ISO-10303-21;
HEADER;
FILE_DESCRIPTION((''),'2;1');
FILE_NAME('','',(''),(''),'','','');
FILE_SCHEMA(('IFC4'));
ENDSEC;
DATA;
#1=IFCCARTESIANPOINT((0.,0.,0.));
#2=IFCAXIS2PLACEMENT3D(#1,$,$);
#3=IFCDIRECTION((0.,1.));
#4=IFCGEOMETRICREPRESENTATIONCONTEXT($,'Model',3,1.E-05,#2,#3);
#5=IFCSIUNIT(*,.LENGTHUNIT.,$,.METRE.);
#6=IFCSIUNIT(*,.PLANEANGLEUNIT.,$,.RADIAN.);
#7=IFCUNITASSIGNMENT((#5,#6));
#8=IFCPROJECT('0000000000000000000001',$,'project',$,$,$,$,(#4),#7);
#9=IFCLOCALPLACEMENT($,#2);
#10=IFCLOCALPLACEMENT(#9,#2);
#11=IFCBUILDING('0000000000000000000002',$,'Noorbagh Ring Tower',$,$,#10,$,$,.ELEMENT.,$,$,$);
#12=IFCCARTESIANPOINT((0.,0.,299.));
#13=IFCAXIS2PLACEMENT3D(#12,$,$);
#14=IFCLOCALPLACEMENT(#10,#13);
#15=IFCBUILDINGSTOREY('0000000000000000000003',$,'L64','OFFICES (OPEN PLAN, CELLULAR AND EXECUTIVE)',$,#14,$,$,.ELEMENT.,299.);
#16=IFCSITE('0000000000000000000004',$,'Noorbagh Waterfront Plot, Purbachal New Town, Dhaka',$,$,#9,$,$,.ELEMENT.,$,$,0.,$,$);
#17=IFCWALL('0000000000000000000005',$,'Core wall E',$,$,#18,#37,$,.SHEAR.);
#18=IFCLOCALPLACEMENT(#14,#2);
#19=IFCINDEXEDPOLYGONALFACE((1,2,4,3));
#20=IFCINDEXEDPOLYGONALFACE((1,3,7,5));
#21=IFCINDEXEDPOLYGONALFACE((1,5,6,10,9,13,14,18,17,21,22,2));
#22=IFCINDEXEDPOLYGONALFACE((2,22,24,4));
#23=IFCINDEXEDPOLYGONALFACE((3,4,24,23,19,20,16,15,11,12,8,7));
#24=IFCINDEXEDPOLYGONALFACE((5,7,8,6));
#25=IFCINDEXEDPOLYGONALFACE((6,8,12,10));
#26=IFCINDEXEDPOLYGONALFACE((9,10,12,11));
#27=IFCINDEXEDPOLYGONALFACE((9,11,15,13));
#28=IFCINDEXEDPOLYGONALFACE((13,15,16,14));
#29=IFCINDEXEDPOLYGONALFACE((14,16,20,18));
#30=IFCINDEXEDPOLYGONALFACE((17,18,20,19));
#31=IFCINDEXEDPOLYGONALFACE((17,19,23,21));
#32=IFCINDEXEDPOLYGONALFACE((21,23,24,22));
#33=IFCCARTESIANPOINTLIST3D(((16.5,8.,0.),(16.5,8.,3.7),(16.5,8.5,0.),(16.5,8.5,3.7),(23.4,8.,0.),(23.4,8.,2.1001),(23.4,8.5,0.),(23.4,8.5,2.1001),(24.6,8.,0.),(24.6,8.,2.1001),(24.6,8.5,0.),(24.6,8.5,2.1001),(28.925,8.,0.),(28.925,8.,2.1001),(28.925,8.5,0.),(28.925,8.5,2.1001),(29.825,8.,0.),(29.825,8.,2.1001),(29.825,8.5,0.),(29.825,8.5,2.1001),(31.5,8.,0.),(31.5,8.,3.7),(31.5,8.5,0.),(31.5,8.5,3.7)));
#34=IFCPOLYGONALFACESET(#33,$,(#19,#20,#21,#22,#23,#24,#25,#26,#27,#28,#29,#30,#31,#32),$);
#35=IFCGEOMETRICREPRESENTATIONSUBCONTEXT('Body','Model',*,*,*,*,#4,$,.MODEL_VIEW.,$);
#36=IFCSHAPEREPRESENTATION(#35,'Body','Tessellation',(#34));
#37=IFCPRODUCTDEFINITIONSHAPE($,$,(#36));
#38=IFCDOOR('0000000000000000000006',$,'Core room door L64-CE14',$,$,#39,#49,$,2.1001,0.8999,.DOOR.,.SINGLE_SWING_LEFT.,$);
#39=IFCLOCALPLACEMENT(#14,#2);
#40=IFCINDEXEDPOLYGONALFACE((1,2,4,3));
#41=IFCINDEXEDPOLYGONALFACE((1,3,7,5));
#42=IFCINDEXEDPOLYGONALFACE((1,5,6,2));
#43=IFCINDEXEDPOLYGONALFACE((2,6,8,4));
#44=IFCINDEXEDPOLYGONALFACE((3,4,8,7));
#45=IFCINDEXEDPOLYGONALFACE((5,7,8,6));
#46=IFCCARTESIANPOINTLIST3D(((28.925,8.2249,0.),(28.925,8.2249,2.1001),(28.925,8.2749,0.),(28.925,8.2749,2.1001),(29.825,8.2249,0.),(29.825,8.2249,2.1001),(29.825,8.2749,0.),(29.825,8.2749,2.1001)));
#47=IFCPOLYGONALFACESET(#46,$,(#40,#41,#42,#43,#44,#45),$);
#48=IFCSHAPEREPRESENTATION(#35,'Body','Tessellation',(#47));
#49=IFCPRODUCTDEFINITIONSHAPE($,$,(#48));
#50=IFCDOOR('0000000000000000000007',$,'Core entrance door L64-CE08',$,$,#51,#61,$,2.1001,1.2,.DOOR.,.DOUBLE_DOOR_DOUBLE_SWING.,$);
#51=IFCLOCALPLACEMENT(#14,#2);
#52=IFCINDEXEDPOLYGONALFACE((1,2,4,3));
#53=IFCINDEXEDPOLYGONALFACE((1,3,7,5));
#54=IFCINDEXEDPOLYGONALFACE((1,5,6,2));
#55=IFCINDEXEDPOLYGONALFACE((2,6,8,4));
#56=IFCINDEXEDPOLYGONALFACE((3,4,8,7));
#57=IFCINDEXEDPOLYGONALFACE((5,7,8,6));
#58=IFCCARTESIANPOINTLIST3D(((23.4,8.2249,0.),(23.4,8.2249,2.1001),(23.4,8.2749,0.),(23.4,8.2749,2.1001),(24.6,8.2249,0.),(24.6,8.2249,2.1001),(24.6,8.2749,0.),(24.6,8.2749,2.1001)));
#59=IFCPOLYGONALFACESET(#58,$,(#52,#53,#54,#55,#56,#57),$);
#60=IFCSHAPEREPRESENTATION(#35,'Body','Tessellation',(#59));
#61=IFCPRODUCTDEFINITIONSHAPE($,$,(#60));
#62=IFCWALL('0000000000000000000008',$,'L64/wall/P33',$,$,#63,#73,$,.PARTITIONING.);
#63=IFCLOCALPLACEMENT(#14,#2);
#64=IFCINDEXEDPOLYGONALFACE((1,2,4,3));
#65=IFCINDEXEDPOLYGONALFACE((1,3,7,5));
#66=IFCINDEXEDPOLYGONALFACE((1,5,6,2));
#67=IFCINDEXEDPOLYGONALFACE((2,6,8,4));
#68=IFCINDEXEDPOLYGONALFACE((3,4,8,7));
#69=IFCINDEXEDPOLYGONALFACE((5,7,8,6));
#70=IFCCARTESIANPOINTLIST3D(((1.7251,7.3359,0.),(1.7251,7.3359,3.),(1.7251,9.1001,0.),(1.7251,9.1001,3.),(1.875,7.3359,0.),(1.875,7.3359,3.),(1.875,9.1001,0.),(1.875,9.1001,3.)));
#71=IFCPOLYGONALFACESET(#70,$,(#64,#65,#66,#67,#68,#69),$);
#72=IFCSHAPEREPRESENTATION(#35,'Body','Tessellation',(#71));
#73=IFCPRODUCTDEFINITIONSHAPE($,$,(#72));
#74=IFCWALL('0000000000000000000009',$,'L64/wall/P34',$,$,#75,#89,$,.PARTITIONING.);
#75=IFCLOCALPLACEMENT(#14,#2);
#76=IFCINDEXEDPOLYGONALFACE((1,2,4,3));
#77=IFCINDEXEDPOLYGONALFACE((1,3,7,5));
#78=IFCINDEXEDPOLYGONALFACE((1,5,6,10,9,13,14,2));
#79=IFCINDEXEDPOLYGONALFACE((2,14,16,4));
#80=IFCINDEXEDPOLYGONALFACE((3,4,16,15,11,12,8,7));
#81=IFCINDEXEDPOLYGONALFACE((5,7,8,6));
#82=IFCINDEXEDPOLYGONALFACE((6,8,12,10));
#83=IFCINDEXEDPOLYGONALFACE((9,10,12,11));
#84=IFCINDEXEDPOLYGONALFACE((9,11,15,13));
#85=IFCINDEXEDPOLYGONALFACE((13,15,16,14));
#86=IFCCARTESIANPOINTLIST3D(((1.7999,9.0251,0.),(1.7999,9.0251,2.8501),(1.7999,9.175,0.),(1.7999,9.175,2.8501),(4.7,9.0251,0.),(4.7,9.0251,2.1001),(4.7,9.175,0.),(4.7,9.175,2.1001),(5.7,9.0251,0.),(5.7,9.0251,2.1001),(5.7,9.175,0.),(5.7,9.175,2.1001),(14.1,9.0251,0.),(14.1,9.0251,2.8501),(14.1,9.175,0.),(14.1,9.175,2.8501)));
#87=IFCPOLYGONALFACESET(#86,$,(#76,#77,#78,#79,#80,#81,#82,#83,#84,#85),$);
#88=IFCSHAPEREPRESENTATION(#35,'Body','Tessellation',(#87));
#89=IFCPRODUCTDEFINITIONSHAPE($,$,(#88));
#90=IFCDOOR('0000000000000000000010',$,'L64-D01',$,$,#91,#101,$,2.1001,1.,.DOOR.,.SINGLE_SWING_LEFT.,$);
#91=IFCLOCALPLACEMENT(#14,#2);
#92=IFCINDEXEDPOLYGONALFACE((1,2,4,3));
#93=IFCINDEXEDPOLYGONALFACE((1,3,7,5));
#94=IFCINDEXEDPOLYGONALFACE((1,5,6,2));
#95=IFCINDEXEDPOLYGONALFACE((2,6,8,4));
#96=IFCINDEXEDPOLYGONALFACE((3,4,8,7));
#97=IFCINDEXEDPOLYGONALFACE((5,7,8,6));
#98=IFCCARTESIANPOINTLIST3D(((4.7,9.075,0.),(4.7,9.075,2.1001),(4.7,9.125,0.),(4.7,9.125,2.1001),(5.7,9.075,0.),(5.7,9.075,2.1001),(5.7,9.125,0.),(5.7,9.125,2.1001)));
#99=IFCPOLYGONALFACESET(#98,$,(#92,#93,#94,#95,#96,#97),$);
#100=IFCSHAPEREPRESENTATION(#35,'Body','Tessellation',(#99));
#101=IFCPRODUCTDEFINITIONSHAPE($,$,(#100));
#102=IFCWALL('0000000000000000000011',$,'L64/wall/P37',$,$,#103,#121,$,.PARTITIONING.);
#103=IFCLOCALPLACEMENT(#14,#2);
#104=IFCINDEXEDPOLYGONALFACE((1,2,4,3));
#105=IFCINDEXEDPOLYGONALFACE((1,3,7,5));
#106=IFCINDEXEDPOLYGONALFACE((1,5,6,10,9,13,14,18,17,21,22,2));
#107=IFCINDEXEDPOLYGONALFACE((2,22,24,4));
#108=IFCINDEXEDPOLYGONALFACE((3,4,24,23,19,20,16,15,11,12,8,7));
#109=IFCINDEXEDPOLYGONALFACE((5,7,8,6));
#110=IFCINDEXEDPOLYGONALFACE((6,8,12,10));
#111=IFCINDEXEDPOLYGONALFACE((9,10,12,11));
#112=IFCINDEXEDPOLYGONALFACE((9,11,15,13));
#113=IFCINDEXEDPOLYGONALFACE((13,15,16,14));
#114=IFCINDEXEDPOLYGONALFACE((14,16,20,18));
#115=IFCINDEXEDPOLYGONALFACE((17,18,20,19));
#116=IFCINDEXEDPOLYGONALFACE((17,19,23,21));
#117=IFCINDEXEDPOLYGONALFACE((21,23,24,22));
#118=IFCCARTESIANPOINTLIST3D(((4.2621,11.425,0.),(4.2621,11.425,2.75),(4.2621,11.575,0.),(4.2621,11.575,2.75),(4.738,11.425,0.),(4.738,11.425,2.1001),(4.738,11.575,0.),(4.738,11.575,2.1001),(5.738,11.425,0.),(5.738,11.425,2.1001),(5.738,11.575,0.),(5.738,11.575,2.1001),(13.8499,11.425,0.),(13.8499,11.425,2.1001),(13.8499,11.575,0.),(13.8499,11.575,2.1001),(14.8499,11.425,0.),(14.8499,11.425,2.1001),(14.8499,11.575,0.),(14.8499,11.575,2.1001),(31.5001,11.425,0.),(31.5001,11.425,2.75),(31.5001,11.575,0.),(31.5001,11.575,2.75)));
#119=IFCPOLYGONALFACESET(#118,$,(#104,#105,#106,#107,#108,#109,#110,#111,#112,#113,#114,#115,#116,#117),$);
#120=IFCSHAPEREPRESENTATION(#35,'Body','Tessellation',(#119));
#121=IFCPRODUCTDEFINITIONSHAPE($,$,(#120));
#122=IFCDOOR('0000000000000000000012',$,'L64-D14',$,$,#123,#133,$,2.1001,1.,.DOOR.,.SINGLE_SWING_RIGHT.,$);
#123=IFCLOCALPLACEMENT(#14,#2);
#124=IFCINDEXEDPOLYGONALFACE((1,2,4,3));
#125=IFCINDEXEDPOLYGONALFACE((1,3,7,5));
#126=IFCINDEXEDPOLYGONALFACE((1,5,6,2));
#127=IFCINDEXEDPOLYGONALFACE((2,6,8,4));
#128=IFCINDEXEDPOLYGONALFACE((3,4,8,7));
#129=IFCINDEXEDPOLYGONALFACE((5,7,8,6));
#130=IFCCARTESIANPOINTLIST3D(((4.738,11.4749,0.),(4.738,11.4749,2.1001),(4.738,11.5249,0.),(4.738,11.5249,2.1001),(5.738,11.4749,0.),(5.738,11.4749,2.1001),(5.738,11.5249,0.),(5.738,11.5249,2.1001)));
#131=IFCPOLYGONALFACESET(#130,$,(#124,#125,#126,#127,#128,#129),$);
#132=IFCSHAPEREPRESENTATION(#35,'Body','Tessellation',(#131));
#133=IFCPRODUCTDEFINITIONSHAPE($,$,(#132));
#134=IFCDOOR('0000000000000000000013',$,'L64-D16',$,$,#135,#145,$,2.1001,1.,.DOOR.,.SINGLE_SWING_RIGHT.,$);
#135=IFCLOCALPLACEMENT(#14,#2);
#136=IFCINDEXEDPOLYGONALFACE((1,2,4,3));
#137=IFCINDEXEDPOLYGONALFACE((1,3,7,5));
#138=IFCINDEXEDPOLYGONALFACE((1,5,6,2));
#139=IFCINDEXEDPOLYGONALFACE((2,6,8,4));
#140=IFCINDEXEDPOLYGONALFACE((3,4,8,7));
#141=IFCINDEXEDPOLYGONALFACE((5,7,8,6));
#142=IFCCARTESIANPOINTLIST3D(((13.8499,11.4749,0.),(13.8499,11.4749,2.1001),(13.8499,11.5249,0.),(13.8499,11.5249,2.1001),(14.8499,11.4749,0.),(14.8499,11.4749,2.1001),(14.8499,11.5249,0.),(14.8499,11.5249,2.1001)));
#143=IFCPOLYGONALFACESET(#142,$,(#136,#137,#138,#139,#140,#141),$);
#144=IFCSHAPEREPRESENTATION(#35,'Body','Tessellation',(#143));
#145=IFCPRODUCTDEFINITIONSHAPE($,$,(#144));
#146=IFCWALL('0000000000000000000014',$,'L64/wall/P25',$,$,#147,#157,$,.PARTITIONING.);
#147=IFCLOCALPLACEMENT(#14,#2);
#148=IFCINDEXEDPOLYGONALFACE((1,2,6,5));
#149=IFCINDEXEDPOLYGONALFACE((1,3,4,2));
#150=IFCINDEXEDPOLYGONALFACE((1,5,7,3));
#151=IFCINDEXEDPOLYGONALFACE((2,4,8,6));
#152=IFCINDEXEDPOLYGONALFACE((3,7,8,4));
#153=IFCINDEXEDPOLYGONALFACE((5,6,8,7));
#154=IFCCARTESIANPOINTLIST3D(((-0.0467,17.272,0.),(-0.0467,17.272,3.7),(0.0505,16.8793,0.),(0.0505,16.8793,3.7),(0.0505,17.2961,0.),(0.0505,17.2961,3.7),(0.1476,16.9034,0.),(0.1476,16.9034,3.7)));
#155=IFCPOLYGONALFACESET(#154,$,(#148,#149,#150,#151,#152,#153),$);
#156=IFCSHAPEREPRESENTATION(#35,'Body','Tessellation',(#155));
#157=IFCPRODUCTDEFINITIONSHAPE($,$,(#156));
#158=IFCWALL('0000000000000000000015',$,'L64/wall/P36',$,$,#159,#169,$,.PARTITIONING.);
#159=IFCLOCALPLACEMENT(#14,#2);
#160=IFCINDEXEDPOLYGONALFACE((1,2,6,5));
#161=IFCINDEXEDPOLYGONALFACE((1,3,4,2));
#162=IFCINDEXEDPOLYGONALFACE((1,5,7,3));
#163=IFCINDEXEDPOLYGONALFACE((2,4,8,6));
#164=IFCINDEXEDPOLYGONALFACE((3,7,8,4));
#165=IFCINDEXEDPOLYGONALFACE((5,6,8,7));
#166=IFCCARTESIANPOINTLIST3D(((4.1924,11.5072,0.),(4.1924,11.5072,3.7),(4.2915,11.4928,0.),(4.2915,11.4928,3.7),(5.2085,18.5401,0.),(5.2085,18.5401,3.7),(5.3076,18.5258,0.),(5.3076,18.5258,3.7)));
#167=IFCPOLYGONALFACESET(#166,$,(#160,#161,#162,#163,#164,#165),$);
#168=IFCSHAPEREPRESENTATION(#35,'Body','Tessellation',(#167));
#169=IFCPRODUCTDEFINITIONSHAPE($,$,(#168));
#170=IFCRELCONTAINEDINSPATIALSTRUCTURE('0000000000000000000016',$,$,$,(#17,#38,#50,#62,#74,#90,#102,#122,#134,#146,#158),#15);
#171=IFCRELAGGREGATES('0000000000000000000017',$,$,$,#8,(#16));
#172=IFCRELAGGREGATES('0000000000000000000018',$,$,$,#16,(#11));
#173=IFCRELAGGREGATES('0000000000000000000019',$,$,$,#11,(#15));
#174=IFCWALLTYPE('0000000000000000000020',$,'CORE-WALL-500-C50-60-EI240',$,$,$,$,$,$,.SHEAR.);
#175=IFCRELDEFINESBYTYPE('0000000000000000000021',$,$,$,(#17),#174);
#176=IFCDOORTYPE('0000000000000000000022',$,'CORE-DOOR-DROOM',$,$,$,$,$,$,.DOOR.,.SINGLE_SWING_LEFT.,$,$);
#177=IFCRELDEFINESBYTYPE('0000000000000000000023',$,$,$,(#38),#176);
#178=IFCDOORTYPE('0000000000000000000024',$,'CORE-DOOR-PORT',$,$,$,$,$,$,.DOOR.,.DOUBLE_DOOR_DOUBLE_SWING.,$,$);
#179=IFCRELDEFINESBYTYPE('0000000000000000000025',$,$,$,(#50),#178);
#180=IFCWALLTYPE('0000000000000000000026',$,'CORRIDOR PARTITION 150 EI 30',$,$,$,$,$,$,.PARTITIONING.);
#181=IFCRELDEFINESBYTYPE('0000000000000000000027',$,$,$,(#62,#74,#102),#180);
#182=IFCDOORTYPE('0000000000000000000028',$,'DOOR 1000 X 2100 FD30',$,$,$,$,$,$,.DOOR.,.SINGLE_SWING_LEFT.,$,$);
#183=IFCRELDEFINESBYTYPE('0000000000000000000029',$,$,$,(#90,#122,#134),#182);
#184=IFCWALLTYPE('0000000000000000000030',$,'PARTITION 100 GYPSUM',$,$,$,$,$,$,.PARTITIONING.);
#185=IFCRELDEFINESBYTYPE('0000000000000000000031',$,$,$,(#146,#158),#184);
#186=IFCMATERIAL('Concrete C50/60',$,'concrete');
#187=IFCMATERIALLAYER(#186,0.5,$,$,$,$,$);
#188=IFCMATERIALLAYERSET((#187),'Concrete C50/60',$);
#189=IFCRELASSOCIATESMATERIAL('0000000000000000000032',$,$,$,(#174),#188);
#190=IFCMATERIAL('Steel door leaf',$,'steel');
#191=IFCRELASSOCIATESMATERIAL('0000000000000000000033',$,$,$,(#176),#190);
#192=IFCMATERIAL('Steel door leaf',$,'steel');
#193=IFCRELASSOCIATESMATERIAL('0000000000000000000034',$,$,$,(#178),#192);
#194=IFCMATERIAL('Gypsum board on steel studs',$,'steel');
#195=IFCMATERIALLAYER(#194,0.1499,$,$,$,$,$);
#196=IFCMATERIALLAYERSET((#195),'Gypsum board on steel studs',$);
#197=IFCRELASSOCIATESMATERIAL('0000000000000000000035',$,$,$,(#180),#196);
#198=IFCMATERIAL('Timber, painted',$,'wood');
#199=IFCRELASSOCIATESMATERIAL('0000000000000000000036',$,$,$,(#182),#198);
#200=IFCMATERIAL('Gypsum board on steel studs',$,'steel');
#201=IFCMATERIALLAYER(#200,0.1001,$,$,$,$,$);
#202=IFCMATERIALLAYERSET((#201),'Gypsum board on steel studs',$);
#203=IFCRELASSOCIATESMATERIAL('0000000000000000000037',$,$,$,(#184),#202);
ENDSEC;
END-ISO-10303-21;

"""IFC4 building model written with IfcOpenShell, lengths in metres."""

from ifc_helpers import new_model, si_unit, direction, frame, frame_2d, origin, place, context, subcontext, project, spatial, rectangle, extrude, material, layer, layer_set, type_object, element, fill, save


model = new_model("IFC4")

# Units and contexts
model_context = context("Model", 3, precision=1e-05, world=origin(), true_north=direction((0.0, 1.0)))
body_context = subcontext(model_context, "Body", "Model", "MODEL_VIEW")
ifc_project = project(units=[si_unit("LENGTHUNIT", "METRE"), si_unit("PLANEANGLEUNIT", "RADIAN")], contexts=[model_context])

# Site, building, storey
site_placement = place(None, origin())
site = spatial("IfcSite", under=ifc_project, at=site_placement, Name="Noorbagh Waterfront Plot, Purbachal New Town, Dhaka", CompositionType="ELEMENT", RefElevation=0.0)
building_placement = place(site_placement, origin())
building = spatial("IfcBuilding", under=site, at=building_placement, Name="Noorbagh Ring Tower", CompositionType="ELEMENT")
storey_placement = place(building_placement, frame((0.0, 0.0, 299.0)))
storey = spatial("IfcBuildingStorey", under=building, at=storey_placement, Name="L64", Description="OFFICES (OPEN PLAN, CELLULAR AND EXECUTIVE)", CompositionType="ELEMENT", Elevation=299.0)

# Wall, openings, doors
ifc_material_1 = material(Name="Concrete C50/60", Category="concrete")
ifc_layer_1 = layer(ifc_material_1, 0.5)
ifc_layer_set_1 = layer_set([ifc_layer_1], Name="Concrete C50/60")
wall_type_1 = type_object("IfcWallType", Name="CORE-WALL-500-C50-60-EI240", PredefinedType="SHEAR", material=ifc_layer_set_1)
wall_1_placement = place(storey_placement, frame((16.5, 8.25, 0.0), z_axis=(0.0, 0.0, 1.0), x_axis=(1.0, 0.0, 0.0)))
wall_1 = element("IfcWall", 1, at=wall_1_placement, inside=storey, type_object=wall_type_1, Name="Core wall E", PredefinedType="SHEAR", context=body_context, shape_type="SweptSolid", body=[
    extrude(rectangle(XDim=15.0, YDim=0.5, at=frame_2d((7.5, 0.0))), origin(), (0.0, 0.0, 1.0), 3.7),
])
opening_1_placement = place(wall_1_placement, frame((6.8999, 0.0, 0.0)))
opening_1 = element("IfcOpeningElement", 2, at=opening_1_placement, cuts=wall_1, PredefinedType="OPENING", context=body_context, shape_type="SweptSolid", body=[
    extrude(rectangle(XDim=1.2, YDim=2.1001, at=frame_2d((0.6001, 1.05))), frame((0.0, 0.26, 0.0), z_axis=(0.0, -1.0, 0.0), x_axis=(1.0, 0.0, 0.0)), (0.0, 0.0, 1.0), 0.52),
])
opening_2_placement = place(wall_1_placement, frame((12.425, 0.0, 0.0)))
opening_2 = element("IfcOpeningElement", 3, at=opening_2_placement, cuts=wall_1, PredefinedType="OPENING", context=body_context, shape_type="SweptSolid", body=[
    extrude(rectangle(XDim=0.8999, YDim=2.1001, at=frame_2d((0.45, 1.05))), frame((0.0, 0.26, 0.0), z_axis=(0.0, -1.0, 0.0), x_axis=(1.0, 0.0, 0.0)), (0.0, 0.0, 1.0), 0.52),
])
ifc_material_2 = material(Name="Steel door leaf", Category="steel")
door_type_1 = type_object("IfcDoorType", Name="CORE-DOOR-DROOM", OperationType="SINGLE_SWING_LEFT", PredefinedType="DOOR", material=ifc_material_2)
door_1_placement = place(opening_2_placement, origin())
door_1 = element("IfcDoor", 4, at=door_1_placement, inside=storey, type_object=door_type_1, Name="Core room door L64-CE14", OperationType="SINGLE_SWING_LEFT", OverallHeight=2.1001, OverallWidth=0.8999, PredefinedType="DOOR", context=body_context, shape_type="SweptSolid", body=[
    extrude(rectangle(XDim=0.8999, YDim=2.1001, at=frame_2d((0.45, 1.05))), frame((0.0, 0.0249, 0.0), z_axis=(0.0, -1.0, 0.0), x_axis=(1.0, 0.0, 0.0)), (0.0, 0.0, 1.0), 0.05),
])
fill(opening_2, door_1)
ifc_material_3 = material(Name="Steel door leaf", Category="steel")
door_type_2 = type_object("IfcDoorType", Name="CORE-DOOR-PORT", OperationType="DOUBLE_DOOR_DOUBLE_SWING", PredefinedType="DOOR", material=ifc_material_3)
door_2_placement = place(opening_1_placement, origin())
door_2 = element("IfcDoor", 5, at=door_2_placement, inside=storey, type_object=door_type_2, Name="Core entrance door L64-CE08", OperationType="DOUBLE_DOOR_DOUBLE_SWING", OverallHeight=2.1001, OverallWidth=1.2, PredefinedType="DOOR", context=body_context, shape_type="SweptSolid", body=[
    extrude(rectangle(XDim=1.2, YDim=2.1001, at=frame_2d((0.6001, 1.05))), frame((0.0, 0.0249, 0.0), z_axis=(0.0, -1.0, 0.0), x_axis=(1.0, 0.0, 0.0)), (0.0, 0.0, 1.0), 0.05),
])
fill(opening_1, door_2)

# Wall
ifc_material_4 = material(Name="Gypsum board on steel studs", Category="steel")
ifc_layer_2 = layer(ifc_material_4, 0.1499)
ifc_layer_set_2 = layer_set([ifc_layer_2], Name="Gypsum board on steel studs")
wall_type_2 = type_object("IfcWallType", Name="CORRIDOR PARTITION 150 EI 30", PredefinedType="PARTITIONING", material=ifc_layer_set_2)
wall_2_placement = place(storey_placement, frame((1.8, 7.3359, 0.0), z_axis=(0.0, 0.0, 1.0), x_axis=(0.0, 1.0, 0.0)))
element("IfcWall", 6, at=wall_2_placement, inside=storey, type_object=wall_type_2, Name="L64/wall/P33", PredefinedType="PARTITIONING", context=body_context, shape_type="SweptSolid", body=[
    extrude(rectangle(XDim=1.7642, YDim=0.1499, at=frame_2d((0.8821, 0.0))), origin(), (0.0, 0.0, 1.0), 3.0),
])

# Wall, opening, door
wall_3_placement = place(storey_placement, frame((1.8, 9.1001, 0.0), z_axis=(0.0, 0.0, 1.0), x_axis=(1.0, 0.0, 0.0)))
wall_3 = element("IfcWall", 7, at=wall_3_placement, inside=storey, type_object=wall_type_2, Name="L64/wall/P34", PredefinedType="PARTITIONING", context=body_context, shape_type="SweptSolid", body=[
    extrude(rectangle(XDim=12.3, YDim=0.1499, at=frame_2d((6.1499, 0.0))), origin(), (0.0, 0.0, 1.0), 2.8501),
])
opening_3_placement = place(wall_3_placement, frame((2.8999, 0.0, 0.0)))
opening_3 = element("IfcOpeningElement", 8, at=opening_3_placement, cuts=wall_3, PredefinedType="OPENING", context=body_context, shape_type="SweptSolid", body=[
    extrude(rectangle(XDim=1.0, YDim=2.1001, at=frame_2d((0.5, 1.05))), frame((0.0, 0.085, 0.0), z_axis=(0.0, -1.0, 0.0), x_axis=(1.0, 0.0, 0.0)), (0.0, 0.0, 1.0), 0.1699),
])
ifc_material_5 = material(Name="Timber, painted", Category="wood")
door_type_3 = type_object("IfcDoorType", Name="DOOR 1000 X 2100 FD30", OperationType="SINGLE_SWING_LEFT", PredefinedType="DOOR", material=ifc_material_5)
door_3_placement = place(opening_3_placement, origin())
door_3 = element("IfcDoor", 9, at=door_3_placement, inside=storey, type_object=door_type_3, Name="L64-D01", OperationType="SINGLE_SWING_LEFT", OverallHeight=2.1001, OverallWidth=1.0, PredefinedType="DOOR", context=body_context, shape_type="SweptSolid", body=[
    extrude(rectangle(XDim=1.0, YDim=2.1001, at=frame_2d((0.5, 1.05))), frame((0.0, 0.0249, 0.0), z_axis=(0.0, -1.0, 0.0), x_axis=(1.0, 0.0, 0.0)), (0.0, 0.0, 1.0), 0.05),
])
fill(opening_3, door_3)

# Wall, openings, doors
wall_4_placement = place(storey_placement, frame((4.262, 11.5, 0.0), z_axis=(0.0, 0.0, 1.0), x_axis=(1.0, 0.0, 0.0)))
wall_4 = element("IfcWall", 10, at=wall_4_placement, inside=storey, type_object=wall_type_2, Name="L64/wall/P37", PredefinedType="PARTITIONING", context=body_context, shape_type="SweptSolid", body=[
    extrude(rectangle(XDim=27.238, YDim=0.1499, at=frame_2d((13.6191, 0.0))), origin(), (0.0, 0.0, 1.0), 2.75),
])
opening_4_placement = place(wall_4_placement, frame((0.4761, 0.0, 0.0)))
opening_4 = element("IfcOpeningElement", 11, at=opening_4_placement, cuts=wall_4, PredefinedType="OPENING", context=body_context, shape_type="SweptSolid", body=[
    extrude(rectangle(XDim=1.0, YDim=2.1001, at=frame_2d((0.5, 1.05))), frame((0.0, 0.085, 0.0), z_axis=(0.0, -1.0, 0.0), x_axis=(1.0, 0.0, 0.0)), (0.0, 0.0, 1.0), 0.1699),
])
opening_5_placement = place(wall_4_placement, frame((9.5879, 0.0, 0.0)))
opening_5 = element("IfcOpeningElement", 12, at=opening_5_placement, cuts=wall_4, PredefinedType="OPENING", context=body_context, shape_type="SweptSolid", body=[
    extrude(rectangle(XDim=1.0, YDim=2.1001, at=frame_2d((0.5, 1.05))), frame((0.0, 0.085, 0.0), z_axis=(0.0, -1.0, 0.0), x_axis=(1.0, 0.0, 0.0)), (0.0, 0.0, 1.0), 0.1699),
])
door_4_placement = place(opening_4_placement, origin())
door_4 = element("IfcDoor", 13, at=door_4_placement, inside=storey, type_object=door_type_3, Name="L64-D14", OperationType="SINGLE_SWING_RIGHT", OverallHeight=2.1001, OverallWidth=1.0, PredefinedType="DOOR", context=body_context, shape_type="SweptSolid", body=[
    extrude(rectangle(XDim=1.0, YDim=2.1001, at=frame_2d((0.5, 1.05))), frame((0.0, 0.0249, 0.0), z_axis=(0.0, -1.0, 0.0), x_axis=(1.0, 0.0, 0.0)), (0.0, 0.0, 1.0), 0.05),
])
fill(opening_4, door_4)
door_5_placement = place(opening_5_placement, origin())
door_5 = element("IfcDoor", 14, at=door_5_placement, inside=storey, type_object=door_type_3, Name="L64-D16", OperationType="SINGLE_SWING_RIGHT", OverallHeight=2.1001, OverallWidth=1.0, PredefinedType="DOOR", context=body_context, shape_type="SweptSolid", body=[
    extrude(rectangle(XDim=1.0, YDim=2.1001, at=frame_2d((0.5, 1.05))), frame((0.0, 0.0249, 0.0), z_axis=(0.0, -1.0, 0.0), x_axis=(1.0, 0.0, 0.0)), (0.0, 0.0, 1.0), 0.05),
])
fill(opening_5, door_5)

# Walls
ifc_material_6 = material(Name="Gypsum board on steel studs", Category="steel")
ifc_layer_3 = layer(ifc_material_6, 0.1001)
ifc_layer_set_3 = layer_set([ifc_layer_3], Name="Gypsum board on steel studs")
wall_type_3 = type_object("IfcWallType", Name="PARTITION 100 GYPSUM", PredefinedType="PARTITIONING", material=ifc_layer_set_3)
wall_5_placement = place(storey_placement, frame((0.002, 17.2839, 0.0), z_axis=(0.0, 0.0, 1.0), x_axis=(0.240122, -0.970743, 0.0)))
element("IfcWall", 15, at=wall_5_placement, inside=storey, type_object=wall_type_3, Name="L64/wall/P25", PredefinedType="PARTITIONING", context=body_context, shape_type="SweptSolid", body=[
    extrude(rectangle(XDim=0.4045, YDim=0.1001, at=frame_2d((0.2021, 0.0))), origin(), (0.0, 0.0, 1.0), 3.7),
])
wall_6_placement = place(storey_placement, frame((4.2419, 11.5, 0.0), z_axis=(0.0, 0.0, 1.0), x_axis=(0.142994, 0.989724, 0.0)))
element("IfcWall", 16, at=wall_6_placement, inside=storey, type_object=wall_type_3, Name="L64/wall/P36", PredefinedType="PARTITIONING", context=body_context, shape_type="SweptSolid", body=[
    extrude(rectangle(XDim=7.106, YDim=0.1001, at=frame_2d((3.553, 0.0))), origin(), (0.0, 0.0, 1.0), 3.7),
])

save(model, "model.ifc")
